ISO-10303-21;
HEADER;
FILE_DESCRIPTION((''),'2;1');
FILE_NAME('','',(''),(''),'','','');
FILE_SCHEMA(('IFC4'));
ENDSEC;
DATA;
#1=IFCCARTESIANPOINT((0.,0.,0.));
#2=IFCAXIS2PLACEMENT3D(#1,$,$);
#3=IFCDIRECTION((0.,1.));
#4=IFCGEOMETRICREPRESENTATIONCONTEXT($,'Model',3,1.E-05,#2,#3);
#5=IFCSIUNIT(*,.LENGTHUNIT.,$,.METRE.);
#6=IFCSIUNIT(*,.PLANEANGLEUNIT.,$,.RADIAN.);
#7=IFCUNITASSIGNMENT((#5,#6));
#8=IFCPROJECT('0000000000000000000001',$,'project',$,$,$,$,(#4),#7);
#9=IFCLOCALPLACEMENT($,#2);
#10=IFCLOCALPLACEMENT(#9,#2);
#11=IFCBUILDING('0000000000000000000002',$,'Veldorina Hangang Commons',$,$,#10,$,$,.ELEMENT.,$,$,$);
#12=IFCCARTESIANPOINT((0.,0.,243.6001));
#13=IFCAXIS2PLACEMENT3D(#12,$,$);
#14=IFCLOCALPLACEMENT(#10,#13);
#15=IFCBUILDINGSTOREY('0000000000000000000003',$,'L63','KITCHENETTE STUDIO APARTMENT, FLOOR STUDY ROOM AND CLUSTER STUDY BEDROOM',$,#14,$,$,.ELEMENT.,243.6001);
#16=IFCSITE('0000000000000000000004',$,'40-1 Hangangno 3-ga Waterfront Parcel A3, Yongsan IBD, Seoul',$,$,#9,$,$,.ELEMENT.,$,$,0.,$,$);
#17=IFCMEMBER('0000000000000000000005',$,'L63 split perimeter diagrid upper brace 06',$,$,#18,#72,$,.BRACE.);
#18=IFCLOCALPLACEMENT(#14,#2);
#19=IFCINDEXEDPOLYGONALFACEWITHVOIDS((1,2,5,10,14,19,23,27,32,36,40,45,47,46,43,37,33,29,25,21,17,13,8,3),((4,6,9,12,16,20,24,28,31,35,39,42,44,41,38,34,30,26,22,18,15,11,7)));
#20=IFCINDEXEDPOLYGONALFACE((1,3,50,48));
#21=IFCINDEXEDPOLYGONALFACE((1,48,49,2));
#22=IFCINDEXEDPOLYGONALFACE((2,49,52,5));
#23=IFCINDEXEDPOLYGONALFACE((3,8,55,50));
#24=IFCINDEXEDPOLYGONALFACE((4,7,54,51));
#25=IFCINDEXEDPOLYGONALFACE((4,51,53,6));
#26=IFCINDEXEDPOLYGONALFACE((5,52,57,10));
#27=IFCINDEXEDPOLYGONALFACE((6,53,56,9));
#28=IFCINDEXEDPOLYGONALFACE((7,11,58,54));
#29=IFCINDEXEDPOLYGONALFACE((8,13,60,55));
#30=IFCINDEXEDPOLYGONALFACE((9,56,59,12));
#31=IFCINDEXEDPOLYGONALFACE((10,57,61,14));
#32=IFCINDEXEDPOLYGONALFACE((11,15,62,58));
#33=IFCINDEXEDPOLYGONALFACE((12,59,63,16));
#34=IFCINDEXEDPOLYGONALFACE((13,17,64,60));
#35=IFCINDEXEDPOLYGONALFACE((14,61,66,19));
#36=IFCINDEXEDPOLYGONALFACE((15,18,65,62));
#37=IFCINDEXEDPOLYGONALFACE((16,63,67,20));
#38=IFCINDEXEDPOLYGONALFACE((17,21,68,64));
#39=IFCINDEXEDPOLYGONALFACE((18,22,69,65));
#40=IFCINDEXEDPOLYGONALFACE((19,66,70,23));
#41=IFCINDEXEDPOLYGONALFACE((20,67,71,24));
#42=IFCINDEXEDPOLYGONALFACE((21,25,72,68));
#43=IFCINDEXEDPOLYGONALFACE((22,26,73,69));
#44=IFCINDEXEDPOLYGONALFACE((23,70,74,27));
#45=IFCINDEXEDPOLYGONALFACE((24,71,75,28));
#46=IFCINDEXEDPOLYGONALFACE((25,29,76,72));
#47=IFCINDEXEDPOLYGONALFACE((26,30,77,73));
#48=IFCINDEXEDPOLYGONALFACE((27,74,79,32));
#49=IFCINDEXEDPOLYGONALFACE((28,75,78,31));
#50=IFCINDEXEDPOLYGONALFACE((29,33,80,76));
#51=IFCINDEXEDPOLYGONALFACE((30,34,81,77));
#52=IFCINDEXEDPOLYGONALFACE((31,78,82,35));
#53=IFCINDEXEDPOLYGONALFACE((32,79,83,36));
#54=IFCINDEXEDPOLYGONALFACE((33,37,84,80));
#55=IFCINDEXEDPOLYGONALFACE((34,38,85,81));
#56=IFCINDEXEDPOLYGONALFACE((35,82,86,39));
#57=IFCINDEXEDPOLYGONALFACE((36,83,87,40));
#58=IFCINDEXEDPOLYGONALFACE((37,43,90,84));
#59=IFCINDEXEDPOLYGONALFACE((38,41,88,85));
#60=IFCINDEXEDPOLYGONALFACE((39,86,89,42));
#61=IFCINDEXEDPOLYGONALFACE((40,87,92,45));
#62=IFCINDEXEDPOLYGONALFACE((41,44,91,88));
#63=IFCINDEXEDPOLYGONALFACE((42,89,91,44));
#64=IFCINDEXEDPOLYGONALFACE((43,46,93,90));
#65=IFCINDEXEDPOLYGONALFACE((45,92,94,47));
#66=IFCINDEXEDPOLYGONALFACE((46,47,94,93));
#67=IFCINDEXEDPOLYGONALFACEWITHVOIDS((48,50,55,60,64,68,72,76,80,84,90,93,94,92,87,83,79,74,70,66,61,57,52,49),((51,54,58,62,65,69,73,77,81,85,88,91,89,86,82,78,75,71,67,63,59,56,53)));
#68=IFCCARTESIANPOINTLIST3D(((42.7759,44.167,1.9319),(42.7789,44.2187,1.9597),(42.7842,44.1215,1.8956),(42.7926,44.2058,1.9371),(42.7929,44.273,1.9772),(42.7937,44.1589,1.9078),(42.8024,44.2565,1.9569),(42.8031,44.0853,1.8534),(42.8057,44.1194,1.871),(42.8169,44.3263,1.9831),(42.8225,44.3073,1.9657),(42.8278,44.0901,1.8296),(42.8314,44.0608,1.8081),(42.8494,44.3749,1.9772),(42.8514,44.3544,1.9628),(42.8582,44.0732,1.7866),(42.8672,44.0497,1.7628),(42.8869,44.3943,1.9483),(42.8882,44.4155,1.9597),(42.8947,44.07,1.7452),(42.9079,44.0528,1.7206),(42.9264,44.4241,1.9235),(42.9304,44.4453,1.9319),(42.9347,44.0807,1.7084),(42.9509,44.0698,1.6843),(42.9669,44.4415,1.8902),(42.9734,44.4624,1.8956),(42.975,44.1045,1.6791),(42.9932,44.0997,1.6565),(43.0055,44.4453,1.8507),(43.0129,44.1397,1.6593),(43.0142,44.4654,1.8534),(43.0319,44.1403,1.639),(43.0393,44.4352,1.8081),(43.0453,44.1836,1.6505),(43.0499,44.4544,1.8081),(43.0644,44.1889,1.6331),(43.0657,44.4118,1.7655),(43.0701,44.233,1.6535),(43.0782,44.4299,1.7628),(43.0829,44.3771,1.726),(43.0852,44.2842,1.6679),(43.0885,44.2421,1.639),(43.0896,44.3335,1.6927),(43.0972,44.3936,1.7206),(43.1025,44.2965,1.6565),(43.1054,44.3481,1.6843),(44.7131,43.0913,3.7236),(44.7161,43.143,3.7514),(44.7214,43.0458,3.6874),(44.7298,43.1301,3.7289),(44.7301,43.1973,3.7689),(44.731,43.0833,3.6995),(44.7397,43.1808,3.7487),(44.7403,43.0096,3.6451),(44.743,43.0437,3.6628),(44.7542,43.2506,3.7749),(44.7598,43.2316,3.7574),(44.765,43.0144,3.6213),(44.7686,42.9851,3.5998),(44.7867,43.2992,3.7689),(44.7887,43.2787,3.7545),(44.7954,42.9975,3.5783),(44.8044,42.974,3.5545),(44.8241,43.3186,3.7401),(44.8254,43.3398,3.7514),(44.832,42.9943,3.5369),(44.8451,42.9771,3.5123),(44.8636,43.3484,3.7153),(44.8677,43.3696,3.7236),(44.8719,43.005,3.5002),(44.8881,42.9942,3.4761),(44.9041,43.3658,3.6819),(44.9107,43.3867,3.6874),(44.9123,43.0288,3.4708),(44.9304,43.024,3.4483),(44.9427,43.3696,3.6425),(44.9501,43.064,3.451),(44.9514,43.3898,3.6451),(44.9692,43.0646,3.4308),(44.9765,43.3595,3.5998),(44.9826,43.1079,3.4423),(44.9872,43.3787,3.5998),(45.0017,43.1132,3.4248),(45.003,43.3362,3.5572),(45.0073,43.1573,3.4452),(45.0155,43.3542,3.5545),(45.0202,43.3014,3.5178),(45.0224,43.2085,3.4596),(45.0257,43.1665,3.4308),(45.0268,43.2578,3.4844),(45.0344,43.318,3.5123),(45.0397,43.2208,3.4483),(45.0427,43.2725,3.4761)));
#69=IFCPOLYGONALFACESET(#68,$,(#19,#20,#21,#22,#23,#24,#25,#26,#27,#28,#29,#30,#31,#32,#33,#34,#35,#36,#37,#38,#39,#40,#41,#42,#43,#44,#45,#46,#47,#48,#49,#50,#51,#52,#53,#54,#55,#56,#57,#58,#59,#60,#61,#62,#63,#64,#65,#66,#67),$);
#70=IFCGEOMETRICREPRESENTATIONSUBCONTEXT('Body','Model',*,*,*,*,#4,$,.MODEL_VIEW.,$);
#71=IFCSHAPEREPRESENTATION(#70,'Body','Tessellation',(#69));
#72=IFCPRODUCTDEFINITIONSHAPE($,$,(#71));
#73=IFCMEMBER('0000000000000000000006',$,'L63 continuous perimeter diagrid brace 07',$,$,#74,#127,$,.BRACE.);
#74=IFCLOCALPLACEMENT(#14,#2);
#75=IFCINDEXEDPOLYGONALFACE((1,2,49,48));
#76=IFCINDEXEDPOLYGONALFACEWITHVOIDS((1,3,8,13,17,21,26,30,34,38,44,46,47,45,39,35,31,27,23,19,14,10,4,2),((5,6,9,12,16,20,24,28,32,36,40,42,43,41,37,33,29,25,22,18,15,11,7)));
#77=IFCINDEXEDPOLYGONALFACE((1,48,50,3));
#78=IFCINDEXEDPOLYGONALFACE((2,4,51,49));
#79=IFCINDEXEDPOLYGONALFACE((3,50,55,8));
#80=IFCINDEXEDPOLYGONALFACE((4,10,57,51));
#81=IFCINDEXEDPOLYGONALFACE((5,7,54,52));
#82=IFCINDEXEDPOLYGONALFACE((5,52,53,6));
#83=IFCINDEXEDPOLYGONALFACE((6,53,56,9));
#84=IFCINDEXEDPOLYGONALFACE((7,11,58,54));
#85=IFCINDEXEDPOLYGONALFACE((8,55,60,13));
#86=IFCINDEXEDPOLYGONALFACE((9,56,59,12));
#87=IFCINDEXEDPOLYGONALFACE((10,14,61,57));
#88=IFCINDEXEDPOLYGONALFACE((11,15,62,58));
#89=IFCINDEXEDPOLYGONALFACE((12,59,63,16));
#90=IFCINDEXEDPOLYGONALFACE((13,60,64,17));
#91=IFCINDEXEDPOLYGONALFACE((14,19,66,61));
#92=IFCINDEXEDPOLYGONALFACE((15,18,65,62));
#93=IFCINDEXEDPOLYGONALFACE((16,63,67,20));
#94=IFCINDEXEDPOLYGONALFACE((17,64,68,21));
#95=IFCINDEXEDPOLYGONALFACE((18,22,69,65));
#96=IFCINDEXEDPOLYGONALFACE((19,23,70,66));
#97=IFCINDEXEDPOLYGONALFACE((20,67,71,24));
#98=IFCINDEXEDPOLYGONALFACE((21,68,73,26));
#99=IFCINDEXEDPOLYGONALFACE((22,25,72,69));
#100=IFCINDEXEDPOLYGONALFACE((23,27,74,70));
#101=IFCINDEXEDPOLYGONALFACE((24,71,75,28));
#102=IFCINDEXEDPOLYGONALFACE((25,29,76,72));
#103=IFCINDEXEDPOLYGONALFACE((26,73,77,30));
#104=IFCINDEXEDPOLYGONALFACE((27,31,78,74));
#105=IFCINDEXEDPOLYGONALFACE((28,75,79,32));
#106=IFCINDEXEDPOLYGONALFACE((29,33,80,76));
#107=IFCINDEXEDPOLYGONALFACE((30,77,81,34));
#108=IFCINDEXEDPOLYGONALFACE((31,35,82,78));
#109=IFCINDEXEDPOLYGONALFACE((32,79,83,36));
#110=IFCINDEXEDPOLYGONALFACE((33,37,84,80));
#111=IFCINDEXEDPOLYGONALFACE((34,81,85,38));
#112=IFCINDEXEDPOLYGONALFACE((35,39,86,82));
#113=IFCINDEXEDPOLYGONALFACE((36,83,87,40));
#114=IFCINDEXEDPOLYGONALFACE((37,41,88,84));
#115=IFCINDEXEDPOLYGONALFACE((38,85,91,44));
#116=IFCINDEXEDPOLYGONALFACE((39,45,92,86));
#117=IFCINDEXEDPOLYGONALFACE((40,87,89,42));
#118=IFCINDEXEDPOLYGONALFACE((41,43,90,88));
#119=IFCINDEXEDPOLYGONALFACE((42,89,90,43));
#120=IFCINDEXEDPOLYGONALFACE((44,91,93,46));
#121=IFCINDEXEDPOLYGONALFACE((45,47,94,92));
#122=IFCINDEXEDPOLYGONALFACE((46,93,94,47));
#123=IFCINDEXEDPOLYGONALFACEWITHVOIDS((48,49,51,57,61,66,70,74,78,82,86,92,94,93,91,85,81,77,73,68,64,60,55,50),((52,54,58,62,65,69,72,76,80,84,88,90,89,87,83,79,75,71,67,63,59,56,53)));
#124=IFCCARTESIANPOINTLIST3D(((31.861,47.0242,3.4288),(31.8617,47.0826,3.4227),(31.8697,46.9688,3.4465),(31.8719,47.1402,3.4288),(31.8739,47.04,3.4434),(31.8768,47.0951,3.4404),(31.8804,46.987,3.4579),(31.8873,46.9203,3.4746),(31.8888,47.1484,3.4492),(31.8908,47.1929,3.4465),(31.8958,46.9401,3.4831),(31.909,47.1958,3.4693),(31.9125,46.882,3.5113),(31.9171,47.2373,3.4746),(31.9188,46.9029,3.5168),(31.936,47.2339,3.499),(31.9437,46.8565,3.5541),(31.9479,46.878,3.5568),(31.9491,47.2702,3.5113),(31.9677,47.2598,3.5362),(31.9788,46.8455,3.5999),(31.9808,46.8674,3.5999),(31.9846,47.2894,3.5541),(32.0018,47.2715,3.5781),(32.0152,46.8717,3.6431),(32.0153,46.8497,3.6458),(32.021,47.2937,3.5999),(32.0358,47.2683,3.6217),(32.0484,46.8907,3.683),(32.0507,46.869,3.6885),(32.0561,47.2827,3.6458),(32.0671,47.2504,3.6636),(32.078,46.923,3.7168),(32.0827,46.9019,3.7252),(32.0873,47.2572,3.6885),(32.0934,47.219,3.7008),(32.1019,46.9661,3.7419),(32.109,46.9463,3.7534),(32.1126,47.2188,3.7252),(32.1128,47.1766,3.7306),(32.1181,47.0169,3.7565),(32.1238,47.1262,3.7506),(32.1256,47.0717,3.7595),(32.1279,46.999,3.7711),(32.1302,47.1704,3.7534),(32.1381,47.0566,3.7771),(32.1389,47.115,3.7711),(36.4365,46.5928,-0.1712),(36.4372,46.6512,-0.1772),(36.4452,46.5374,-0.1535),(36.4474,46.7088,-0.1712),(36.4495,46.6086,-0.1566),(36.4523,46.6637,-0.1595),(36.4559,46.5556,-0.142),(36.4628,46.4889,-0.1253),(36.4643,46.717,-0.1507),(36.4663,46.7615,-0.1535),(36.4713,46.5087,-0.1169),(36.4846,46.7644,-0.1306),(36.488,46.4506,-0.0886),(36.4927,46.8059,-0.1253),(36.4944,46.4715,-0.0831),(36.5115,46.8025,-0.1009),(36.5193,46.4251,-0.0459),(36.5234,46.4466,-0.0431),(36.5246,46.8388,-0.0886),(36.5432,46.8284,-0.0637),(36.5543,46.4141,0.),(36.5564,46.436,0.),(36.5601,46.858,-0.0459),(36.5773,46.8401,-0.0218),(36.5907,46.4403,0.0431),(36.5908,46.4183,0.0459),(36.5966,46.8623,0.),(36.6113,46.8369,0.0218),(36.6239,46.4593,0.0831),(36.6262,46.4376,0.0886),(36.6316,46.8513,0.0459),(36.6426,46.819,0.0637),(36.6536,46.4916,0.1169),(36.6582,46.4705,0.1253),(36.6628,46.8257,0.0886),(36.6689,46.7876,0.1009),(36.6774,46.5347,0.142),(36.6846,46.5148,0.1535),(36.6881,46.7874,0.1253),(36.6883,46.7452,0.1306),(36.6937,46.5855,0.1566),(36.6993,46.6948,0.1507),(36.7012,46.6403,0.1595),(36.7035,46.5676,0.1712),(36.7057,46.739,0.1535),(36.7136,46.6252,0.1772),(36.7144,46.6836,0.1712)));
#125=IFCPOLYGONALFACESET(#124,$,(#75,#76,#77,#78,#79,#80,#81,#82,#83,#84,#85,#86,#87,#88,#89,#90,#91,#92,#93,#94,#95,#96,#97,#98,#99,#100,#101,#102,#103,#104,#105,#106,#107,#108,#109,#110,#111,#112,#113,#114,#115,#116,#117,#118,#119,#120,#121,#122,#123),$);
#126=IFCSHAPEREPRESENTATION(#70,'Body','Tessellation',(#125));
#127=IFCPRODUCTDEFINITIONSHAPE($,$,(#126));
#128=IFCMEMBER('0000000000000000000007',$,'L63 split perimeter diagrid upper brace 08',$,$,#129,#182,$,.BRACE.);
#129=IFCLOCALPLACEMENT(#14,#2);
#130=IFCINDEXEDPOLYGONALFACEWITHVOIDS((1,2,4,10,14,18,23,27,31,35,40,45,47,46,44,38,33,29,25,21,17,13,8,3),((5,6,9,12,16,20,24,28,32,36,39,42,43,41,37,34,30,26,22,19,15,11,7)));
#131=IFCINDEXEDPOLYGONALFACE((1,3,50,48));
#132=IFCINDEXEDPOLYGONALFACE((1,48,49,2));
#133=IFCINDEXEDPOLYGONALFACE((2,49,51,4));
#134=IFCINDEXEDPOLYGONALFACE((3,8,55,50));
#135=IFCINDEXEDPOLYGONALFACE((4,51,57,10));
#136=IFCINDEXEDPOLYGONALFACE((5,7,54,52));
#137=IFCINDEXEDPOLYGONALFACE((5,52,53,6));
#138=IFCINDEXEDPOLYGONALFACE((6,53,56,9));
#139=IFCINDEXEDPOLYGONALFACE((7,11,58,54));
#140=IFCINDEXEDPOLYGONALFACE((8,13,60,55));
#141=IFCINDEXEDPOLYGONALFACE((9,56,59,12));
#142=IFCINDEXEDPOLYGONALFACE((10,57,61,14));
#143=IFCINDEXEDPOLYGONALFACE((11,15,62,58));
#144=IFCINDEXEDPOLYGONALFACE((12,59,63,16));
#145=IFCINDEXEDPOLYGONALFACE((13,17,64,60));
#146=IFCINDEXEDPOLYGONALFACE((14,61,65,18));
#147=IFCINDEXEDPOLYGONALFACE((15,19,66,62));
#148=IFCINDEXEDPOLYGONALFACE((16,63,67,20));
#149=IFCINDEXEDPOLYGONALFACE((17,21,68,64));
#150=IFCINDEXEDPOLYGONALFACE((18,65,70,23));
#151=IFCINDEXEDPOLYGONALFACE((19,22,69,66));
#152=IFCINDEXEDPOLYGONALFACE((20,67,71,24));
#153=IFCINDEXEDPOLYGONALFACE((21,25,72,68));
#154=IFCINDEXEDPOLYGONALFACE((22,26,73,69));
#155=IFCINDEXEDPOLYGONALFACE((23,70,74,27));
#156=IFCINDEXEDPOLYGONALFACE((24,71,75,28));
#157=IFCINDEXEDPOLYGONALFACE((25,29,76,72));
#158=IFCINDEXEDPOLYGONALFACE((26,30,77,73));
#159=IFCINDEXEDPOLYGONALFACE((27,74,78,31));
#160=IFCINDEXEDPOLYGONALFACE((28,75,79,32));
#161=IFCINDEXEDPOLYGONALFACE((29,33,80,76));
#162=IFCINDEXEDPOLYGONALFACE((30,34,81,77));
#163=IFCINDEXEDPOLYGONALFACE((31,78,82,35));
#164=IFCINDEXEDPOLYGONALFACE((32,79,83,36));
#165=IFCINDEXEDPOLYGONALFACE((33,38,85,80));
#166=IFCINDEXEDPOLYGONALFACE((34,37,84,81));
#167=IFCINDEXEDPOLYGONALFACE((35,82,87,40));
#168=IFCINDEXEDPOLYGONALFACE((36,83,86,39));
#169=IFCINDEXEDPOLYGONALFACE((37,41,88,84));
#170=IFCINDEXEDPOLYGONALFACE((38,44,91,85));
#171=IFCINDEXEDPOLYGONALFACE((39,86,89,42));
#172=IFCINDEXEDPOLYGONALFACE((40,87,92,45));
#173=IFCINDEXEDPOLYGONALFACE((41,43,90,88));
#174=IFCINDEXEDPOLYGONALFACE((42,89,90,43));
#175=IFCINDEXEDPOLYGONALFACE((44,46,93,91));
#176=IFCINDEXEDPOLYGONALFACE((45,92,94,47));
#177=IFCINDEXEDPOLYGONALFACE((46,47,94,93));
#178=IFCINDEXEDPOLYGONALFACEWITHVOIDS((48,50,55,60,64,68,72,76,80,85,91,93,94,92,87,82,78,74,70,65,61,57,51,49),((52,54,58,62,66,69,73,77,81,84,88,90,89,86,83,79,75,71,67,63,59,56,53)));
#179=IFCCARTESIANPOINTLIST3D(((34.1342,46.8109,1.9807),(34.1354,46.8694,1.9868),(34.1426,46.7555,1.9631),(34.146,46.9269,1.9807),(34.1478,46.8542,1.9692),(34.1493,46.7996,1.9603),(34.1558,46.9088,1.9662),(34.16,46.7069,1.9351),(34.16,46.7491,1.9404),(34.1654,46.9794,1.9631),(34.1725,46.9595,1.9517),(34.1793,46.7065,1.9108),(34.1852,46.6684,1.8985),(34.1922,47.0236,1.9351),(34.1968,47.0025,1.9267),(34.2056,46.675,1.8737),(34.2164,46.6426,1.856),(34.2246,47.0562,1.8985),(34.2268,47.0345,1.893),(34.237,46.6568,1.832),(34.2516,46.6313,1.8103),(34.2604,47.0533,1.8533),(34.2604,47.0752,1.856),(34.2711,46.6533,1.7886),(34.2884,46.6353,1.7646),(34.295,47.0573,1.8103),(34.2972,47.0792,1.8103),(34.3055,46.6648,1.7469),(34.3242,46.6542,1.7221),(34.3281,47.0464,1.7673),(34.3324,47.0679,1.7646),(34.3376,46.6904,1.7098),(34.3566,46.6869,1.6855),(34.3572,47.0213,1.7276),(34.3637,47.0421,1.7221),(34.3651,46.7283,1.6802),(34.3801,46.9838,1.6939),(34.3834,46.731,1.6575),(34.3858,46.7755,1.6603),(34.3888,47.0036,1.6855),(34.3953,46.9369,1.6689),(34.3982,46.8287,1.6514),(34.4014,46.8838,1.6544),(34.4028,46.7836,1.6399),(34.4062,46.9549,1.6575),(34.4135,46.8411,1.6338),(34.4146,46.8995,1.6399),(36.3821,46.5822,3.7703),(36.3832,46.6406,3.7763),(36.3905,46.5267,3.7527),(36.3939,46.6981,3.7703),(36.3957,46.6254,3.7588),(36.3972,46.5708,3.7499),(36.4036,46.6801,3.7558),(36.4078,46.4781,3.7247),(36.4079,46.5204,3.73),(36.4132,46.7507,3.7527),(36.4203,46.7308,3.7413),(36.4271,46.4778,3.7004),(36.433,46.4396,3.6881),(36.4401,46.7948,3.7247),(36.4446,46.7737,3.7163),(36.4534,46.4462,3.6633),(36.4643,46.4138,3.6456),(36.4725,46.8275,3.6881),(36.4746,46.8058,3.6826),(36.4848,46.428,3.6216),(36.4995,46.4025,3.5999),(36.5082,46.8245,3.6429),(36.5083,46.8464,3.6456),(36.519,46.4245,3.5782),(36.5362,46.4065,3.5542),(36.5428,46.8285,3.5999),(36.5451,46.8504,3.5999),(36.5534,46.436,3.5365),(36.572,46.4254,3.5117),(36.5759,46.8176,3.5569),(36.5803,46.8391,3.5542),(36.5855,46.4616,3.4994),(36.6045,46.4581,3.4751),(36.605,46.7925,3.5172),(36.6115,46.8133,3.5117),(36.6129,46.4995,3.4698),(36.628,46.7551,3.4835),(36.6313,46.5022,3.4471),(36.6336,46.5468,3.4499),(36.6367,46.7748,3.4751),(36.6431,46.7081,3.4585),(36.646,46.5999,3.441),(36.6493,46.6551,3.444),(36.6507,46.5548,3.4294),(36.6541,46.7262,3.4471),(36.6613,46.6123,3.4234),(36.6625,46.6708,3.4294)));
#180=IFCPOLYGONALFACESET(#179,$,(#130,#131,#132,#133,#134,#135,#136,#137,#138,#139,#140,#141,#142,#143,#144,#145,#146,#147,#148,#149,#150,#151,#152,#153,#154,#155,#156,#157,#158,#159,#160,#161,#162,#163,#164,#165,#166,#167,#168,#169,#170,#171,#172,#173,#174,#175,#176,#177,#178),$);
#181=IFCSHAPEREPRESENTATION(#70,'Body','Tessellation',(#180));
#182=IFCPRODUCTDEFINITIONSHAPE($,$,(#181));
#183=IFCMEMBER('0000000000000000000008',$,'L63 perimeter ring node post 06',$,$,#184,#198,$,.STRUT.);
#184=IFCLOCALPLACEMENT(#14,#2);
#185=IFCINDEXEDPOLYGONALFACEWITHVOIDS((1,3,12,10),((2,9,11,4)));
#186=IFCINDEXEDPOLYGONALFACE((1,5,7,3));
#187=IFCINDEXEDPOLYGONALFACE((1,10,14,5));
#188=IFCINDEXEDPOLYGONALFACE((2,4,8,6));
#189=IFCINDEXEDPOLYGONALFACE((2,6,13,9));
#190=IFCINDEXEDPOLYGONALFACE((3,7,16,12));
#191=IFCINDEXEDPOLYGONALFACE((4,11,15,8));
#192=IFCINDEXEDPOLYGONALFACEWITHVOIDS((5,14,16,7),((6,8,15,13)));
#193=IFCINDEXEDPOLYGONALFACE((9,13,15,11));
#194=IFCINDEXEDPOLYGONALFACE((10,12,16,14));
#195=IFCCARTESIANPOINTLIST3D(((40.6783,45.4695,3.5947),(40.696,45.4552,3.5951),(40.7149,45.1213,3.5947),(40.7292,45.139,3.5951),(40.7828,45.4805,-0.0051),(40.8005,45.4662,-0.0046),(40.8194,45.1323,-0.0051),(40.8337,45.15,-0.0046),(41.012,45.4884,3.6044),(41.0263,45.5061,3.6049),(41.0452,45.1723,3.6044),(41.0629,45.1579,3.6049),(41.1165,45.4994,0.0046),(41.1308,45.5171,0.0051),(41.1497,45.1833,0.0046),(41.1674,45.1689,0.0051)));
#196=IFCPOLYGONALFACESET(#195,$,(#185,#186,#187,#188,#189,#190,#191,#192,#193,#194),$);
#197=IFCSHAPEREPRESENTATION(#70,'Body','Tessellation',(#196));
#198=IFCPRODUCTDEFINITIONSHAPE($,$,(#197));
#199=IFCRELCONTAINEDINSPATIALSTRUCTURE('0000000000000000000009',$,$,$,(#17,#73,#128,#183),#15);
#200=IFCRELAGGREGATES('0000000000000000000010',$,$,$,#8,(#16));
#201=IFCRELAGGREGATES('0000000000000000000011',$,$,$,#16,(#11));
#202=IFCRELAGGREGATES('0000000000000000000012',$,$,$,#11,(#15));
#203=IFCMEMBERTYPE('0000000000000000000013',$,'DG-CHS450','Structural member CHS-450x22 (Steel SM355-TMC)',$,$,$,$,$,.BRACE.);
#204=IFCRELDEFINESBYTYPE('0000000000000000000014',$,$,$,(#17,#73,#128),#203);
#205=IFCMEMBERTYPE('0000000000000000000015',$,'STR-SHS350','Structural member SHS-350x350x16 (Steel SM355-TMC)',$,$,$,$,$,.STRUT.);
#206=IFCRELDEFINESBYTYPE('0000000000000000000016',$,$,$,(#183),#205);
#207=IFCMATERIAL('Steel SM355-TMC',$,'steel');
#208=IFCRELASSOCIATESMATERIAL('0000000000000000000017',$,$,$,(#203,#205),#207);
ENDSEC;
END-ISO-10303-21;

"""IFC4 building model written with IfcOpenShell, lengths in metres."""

from ifc_helpers import new_model, si_unit, direction, frame, origin, origin_2d, place, context, subcontext, project, spatial, hollow_rectangle, hollow_circle, extrude, material, material_profile, profile_set, type_object, element, save


model = new_model("IFC4")

# Units and contexts
model_context = context("Model", 3, precision=1e-05, world=origin(), true_north=direction((0.0, 1.0)))
body_context = subcontext(model_context, "Body", "Model", "MODEL_VIEW")
ifc_project = project(units=[si_unit("LENGTHUNIT", "METRE"), si_unit("PLANEANGLEUNIT", "RADIAN")], contexts=[model_context])

# Site, building, storey
site_placement = place(None, origin())
site = spatial("IfcSite", under=ifc_project, at=site_placement, Name="40-1 Hangangno 3-ga Waterfront Parcel A3, Yongsan IBD, Seoul", CompositionType="ELEMENT", RefElevation=0.0)
building_placement = place(site_placement, origin())
building = spatial("IfcBuilding", under=site, at=building_placement, Name="Veldorina Hangang Commons", CompositionType="ELEMENT")
storey_placement = place(building_placement, frame((0.0, 0.0, 243.6001)))
storey = spatial("IfcBuildingStorey", under=building, at=storey_placement, Name="L63", Description="KITCHENETTE STUDIO APARTMENT, FLOOR STUDY ROOM AND CLUSTER STUDY BEDROOM", CompositionType="ELEMENT", Elevation=243.6001)

# Shared definitions
ifc_material_1 = material(Name="Steel SM355-TMC", Category="steel")

# Members
ifc_material_profile_1 = material_profile(ifc_material_1, hollow_circle(Radius=0.2251, WallThickness=0.022, at=origin_2d()), Name="CHS-450x22")
ifc_profile_set_1 = profile_set([ifc_material_profile_1], Name="Steel SM355-TMC")
member_type_1 = type_object("IfcMemberType", Name="DG-CHS450", Description="Structural member CHS-450x22 (Steel SM355-TMC)", PredefinedType="BRACE", material=ifc_profile_set_1)
member_1_placement = place(storey_placement, frame((42.9407, 44.2576, 1.8081), z_axis=(0.679826, -0.377481, 0.628764), x_axis=(0.485446, 0.874266, 0.0)))
element("IfcMember", 1, at=member_1_placement, inside=storey, type_object=member_type_1, Name="L63 split perimeter diagrid upper brace 06", PredefinedType="BRACE", context=body_context, shape_type="SweptSolid", body=[
    extrude(hollow_circle(Radius=0.2251, WallThickness=0.022, at=origin_2d()), origin(), (0.0, 0.0, 1.0), 2.8496),
])
member_2_placement = place(storey_placement, frame((36.5754, 46.6382, 0.0), z_axis=(-0.783763, 0.073897, 0.616648), x_axis=(-0.093869, -0.995585, 0.0)))
element("IfcMember", 2, at=member_2_placement, inside=storey, type_object=member_type_1, Name="L63 continuous perimeter diagrid brace 07", PredefinedType="BRACE", context=body_context, shape_type="SweptSolid", body=[
    extrude(hollow_circle(Radius=0.2251, WallThickness=0.022, at=origin_2d()), origin(), (0.0, 0.0, 1.0), 5.8379),
])
member_3_placement = place(storey_placement, frame((34.2744, 46.8552, 1.8103), z_axis=(0.779874, -0.079368, 0.620884), x_axis=(0.101247, 0.994861, 0.0)))
element("IfcMember", 3, at=member_3_placement, inside=storey, type_object=member_type_1, Name="L63 split perimeter diagrid upper brace 08", PredefinedType="BRACE", context=body_context, shape_type="SweptSolid", body=[
    extrude(hollow_circle(Radius=0.2251, WallThickness=0.022, at=origin_2d()), origin(), (0.0, 0.0, 1.0), 2.8823),
])
ifc_material_profile_2 = material_profile(ifc_material_1, hollow_rectangle(XDim=0.3501, YDim=0.3501, WallThickness=0.0161, at=origin_2d()), Name="SHS-350x350x16")
ifc_profile_set_2 = profile_set([ifc_material_profile_2], Name="Steel SM355-TMC")
member_type_2 = type_object("IfcMemberType", Name="STR-SHS350", Description="Structural member SHS-350x350x16 (Steel SM355-TMC)", PredefinedType="STRUT", material=ifc_profile_set_2)
member_4_placement = place(storey_placement, frame((40.9751, 45.3247, 0.0), z_axis=(-0.029014, -0.003051, 0.999574), x_axis=(0.104564, -0.994518, 0.0)))
element("IfcMember", 4, at=member_4_placement, inside=storey, type_object=member_type_2, Name="L63 perimeter ring node post 06", PredefinedType="STRUT", context=body_context, shape_type="SweptSolid", body=[
    extrude(hollow_rectangle(XDim=0.3501, YDim=0.3501, WallThickness=0.0161, at=origin_2d()), origin(), (0.0, 0.0, 1.0), 3.6013),
])

save(model, "model.ifc")
